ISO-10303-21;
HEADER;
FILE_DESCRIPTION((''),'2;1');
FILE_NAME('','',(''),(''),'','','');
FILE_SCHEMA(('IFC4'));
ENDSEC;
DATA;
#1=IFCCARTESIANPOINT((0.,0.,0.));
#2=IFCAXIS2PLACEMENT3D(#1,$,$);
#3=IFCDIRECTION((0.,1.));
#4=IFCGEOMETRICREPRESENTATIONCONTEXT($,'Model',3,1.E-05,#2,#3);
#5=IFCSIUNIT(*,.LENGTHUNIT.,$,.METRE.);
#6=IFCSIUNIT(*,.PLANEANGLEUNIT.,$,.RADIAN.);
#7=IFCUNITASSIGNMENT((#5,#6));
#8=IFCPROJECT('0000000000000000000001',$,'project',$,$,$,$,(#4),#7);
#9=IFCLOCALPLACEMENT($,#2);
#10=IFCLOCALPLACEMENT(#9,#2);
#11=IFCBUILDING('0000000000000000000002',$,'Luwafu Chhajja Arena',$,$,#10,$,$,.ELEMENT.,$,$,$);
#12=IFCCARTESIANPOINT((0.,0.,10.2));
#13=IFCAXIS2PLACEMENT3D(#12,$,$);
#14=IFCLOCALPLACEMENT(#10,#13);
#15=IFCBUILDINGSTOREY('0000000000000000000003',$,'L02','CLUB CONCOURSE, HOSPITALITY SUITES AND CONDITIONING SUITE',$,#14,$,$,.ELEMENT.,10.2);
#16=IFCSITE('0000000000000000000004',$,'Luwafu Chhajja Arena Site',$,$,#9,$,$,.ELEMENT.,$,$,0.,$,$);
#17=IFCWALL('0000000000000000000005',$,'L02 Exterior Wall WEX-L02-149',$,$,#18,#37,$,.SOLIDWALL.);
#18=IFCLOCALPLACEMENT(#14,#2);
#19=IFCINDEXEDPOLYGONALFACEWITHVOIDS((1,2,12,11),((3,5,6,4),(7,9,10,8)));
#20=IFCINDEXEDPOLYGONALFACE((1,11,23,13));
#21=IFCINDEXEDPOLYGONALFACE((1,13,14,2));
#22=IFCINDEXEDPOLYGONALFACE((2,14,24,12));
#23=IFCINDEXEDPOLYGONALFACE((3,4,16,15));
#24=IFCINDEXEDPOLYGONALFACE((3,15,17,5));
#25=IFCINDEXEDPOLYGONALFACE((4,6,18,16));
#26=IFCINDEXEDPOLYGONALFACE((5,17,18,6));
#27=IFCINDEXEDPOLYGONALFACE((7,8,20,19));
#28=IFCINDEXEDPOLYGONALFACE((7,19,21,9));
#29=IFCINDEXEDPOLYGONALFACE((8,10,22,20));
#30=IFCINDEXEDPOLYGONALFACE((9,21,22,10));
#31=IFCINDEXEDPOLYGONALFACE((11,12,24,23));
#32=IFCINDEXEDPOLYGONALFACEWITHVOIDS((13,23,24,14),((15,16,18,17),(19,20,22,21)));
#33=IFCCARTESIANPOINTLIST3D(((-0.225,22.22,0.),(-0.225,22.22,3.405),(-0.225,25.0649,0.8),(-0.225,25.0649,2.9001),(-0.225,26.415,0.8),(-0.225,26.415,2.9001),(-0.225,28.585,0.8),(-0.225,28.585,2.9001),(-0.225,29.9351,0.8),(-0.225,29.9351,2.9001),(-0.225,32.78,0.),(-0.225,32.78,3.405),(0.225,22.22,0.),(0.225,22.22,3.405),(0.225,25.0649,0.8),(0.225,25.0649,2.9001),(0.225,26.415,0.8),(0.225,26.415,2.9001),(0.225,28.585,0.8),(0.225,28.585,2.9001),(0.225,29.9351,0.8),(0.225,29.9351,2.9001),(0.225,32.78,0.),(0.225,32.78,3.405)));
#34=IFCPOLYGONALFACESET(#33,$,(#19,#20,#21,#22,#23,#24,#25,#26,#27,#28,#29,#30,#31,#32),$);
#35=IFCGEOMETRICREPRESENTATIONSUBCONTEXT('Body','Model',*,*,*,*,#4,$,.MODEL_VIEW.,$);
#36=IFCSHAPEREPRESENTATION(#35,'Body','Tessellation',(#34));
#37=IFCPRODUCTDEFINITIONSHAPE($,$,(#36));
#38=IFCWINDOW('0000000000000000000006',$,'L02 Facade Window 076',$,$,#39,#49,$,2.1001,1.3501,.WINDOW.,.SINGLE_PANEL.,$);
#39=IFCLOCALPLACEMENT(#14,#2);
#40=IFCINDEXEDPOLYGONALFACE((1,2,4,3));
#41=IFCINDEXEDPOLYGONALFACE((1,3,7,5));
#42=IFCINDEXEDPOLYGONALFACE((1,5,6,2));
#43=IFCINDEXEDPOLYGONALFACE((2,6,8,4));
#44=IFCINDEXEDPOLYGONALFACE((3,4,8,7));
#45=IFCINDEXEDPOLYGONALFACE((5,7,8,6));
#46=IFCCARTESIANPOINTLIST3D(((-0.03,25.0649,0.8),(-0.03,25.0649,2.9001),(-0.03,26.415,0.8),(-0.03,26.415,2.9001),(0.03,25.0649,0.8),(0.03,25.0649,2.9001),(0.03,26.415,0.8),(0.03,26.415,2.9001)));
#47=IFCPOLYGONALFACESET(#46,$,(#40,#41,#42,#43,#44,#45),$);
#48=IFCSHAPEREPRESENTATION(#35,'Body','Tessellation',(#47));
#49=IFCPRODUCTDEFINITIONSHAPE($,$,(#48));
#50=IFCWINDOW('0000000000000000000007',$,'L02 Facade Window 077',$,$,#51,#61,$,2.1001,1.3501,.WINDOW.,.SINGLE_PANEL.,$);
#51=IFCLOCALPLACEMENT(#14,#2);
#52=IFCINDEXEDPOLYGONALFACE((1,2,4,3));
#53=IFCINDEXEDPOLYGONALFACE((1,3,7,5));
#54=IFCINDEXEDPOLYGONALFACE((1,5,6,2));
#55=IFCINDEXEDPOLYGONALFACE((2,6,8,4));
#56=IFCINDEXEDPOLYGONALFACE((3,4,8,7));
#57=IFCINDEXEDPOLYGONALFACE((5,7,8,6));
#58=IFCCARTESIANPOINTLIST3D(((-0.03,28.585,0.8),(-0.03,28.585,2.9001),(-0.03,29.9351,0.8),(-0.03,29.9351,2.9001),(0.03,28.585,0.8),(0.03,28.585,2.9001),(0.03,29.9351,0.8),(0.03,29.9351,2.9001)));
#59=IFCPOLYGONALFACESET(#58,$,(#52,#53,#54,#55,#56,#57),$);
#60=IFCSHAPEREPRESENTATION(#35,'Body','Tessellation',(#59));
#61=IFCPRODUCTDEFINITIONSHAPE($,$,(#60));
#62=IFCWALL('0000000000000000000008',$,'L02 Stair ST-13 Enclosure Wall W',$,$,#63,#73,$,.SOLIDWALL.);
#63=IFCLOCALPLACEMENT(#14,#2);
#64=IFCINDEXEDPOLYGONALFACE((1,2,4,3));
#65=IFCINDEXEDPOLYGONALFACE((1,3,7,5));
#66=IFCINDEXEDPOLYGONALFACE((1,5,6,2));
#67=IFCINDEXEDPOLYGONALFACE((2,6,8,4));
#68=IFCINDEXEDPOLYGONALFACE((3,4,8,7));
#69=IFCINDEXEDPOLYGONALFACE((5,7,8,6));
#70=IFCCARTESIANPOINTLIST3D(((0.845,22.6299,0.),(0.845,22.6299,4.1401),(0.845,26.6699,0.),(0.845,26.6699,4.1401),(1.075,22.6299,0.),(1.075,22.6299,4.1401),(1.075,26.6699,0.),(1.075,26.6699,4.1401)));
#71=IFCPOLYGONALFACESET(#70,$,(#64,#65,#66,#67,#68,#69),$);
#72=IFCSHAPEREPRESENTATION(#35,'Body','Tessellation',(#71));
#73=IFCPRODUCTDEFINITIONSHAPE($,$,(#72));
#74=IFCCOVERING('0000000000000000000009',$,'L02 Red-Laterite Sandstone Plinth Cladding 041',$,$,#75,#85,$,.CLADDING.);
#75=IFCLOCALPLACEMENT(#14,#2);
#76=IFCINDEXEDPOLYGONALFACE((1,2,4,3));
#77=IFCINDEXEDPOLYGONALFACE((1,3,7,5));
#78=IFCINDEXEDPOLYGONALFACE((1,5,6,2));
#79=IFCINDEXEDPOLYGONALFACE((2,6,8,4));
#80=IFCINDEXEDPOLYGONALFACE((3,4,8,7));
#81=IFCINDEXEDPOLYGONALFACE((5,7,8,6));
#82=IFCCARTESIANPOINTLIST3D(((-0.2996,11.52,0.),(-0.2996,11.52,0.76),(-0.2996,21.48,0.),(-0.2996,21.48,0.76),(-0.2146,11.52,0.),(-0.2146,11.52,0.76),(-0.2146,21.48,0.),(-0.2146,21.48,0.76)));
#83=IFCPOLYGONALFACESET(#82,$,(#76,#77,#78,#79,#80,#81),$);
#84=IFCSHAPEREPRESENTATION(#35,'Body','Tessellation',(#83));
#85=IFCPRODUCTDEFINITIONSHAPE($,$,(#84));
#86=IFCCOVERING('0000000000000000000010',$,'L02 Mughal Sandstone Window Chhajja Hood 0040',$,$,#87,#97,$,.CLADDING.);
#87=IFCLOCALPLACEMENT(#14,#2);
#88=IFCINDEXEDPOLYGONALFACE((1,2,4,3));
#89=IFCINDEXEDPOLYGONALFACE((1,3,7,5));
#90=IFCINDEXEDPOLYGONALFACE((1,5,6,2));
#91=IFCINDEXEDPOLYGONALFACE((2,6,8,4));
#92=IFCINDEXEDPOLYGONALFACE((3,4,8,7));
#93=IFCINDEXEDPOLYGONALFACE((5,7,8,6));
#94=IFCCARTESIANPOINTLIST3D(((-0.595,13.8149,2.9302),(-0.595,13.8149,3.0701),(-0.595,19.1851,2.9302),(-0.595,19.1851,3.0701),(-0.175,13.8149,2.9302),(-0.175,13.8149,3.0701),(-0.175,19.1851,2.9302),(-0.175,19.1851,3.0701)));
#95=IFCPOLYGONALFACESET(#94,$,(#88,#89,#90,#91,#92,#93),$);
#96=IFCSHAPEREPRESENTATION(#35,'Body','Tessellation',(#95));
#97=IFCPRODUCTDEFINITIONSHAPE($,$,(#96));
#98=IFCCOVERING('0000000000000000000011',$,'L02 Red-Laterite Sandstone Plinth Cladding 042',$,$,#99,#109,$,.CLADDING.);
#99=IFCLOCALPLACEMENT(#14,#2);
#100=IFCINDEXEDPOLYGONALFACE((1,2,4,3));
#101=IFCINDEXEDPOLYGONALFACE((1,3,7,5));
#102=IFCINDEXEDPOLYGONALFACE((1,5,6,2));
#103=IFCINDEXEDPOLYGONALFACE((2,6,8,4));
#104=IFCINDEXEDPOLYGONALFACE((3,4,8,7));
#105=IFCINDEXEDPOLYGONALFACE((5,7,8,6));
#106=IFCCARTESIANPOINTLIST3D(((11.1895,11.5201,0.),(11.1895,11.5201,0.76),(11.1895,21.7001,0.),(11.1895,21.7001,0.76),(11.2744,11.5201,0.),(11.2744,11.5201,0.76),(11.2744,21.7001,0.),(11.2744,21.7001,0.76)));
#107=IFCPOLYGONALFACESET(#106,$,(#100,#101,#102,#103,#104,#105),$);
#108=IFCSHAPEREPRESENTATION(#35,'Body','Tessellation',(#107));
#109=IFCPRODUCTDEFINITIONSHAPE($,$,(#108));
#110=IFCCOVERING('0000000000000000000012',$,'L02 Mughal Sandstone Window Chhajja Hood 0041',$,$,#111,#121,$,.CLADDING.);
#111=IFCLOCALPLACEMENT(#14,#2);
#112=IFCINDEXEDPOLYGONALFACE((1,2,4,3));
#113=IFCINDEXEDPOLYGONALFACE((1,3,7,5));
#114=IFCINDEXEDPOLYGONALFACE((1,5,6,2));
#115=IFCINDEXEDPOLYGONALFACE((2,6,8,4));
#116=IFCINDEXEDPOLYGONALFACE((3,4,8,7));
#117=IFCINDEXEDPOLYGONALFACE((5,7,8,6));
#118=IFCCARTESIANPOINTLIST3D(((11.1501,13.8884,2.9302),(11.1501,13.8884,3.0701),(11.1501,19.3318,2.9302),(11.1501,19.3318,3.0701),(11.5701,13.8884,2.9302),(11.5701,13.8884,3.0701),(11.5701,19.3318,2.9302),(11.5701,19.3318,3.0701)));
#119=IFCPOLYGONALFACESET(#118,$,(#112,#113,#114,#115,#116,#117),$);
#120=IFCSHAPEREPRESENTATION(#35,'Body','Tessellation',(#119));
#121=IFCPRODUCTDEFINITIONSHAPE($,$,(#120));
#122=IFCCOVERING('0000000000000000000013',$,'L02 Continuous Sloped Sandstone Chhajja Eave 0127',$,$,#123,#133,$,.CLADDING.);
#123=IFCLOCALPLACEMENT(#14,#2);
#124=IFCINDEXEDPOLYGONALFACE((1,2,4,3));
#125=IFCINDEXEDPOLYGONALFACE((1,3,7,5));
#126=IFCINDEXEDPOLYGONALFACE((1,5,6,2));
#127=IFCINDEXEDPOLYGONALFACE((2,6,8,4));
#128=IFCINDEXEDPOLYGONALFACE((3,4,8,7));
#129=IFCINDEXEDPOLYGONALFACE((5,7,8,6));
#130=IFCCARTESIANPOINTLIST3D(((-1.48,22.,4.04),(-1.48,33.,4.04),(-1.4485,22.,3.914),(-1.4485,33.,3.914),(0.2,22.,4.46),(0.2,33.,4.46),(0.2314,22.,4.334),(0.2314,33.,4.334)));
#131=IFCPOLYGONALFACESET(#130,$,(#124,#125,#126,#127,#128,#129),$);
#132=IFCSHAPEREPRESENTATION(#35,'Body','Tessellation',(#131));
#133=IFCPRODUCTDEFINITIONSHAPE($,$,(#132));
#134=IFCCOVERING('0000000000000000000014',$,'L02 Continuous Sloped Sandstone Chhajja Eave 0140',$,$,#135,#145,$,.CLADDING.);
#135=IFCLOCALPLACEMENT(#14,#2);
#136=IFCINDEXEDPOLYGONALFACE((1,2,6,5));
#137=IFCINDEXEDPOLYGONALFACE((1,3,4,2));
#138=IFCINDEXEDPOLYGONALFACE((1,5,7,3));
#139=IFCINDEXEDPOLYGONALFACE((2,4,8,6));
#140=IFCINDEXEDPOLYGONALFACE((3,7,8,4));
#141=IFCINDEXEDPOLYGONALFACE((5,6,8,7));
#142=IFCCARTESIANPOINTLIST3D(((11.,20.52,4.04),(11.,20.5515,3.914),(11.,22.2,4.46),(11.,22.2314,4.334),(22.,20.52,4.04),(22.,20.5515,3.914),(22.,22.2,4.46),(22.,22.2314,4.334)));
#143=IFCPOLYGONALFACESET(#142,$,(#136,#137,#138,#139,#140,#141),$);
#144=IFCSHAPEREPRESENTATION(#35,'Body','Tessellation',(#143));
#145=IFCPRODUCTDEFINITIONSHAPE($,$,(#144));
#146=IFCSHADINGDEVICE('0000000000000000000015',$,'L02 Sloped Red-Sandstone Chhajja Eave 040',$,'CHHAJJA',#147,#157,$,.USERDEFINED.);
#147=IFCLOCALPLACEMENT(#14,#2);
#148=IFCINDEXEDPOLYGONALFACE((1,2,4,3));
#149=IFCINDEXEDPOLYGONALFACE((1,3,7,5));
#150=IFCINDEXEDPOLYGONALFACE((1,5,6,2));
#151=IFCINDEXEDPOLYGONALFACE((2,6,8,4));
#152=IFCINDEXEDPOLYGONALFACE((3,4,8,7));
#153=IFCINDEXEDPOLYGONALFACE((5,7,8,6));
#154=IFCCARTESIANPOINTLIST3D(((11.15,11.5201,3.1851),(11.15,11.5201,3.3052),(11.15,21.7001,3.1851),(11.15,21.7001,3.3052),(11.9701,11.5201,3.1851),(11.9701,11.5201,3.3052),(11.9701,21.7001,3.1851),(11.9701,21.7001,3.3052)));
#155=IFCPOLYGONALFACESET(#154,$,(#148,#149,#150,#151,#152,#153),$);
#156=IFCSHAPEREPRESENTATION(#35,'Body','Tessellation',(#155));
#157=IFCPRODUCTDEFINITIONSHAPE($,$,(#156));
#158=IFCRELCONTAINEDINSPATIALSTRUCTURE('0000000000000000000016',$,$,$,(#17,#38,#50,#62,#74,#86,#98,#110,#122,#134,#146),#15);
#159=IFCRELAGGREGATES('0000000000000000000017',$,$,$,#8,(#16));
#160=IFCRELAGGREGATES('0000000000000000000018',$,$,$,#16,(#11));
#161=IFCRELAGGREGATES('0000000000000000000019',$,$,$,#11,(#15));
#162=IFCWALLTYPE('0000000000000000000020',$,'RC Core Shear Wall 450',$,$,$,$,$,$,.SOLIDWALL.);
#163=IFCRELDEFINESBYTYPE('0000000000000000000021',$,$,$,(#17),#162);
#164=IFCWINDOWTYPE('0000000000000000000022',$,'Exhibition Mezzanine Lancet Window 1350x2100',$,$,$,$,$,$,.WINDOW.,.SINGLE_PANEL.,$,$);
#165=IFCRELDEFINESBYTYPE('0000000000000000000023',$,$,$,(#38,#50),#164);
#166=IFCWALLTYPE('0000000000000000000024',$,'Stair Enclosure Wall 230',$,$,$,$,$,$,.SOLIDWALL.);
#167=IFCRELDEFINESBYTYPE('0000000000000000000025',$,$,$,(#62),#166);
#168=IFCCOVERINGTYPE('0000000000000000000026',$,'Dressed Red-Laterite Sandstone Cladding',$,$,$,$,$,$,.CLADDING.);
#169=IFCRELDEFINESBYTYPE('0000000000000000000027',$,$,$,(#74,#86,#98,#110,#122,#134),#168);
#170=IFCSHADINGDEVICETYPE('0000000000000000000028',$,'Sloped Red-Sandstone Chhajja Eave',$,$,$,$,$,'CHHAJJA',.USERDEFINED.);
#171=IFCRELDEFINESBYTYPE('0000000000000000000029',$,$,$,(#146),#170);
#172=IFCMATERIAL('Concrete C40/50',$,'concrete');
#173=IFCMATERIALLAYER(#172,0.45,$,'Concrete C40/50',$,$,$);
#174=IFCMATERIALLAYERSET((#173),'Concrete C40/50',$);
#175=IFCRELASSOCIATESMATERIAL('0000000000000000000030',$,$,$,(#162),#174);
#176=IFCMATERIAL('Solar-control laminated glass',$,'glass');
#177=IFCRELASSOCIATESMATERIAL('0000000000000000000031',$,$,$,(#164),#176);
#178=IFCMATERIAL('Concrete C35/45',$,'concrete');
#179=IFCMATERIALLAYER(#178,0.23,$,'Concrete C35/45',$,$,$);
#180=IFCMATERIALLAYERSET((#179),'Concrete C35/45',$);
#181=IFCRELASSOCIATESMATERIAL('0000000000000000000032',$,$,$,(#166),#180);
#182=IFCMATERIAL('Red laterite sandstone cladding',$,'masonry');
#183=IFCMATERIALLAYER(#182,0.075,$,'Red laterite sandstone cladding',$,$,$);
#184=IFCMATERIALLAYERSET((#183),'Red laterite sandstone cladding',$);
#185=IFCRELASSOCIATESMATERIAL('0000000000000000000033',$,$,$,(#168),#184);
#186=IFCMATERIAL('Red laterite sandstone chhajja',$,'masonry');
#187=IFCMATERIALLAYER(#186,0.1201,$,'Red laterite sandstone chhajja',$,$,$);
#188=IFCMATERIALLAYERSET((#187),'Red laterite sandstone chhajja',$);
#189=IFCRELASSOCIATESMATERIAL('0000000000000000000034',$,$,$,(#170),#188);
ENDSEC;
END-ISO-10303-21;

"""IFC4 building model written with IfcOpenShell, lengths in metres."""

from ifc_helpers import new_model, si_unit, direction, frame, frame_2d, origin, origin_2d, place, context, subcontext, project, spatial, polyline, rectangle, outline, extrude, material, layer, layer_set, type_object, element, fill, save


model = new_model("IFC4")

# Units and contexts
model_context = context("Model", 3, precision=1e-05, world=origin(), true_north=direction((0.0, 1.0)))
body_context = subcontext(model_context, "Body", "Model", "MODEL_VIEW")
ifc_project = project(units=[si_unit("LENGTHUNIT", "METRE"), si_unit("PLANEANGLEUNIT", "RADIAN")], contexts=[model_context])

# Site, building, storey
site_placement = place(None, origin())
site = spatial("IfcSite", under=ifc_project, at=site_placement, Name="Luwafu Chhajja Arena Site", CompositionType="ELEMENT", RefElevation=0.0)
building_placement = place(site_placement, origin())
building = spatial("IfcBuilding", under=site, at=building_placement, Name="Luwafu Chhajja Arena", CompositionType="ELEMENT")
storey_placement = place(building_placement, frame((0.0, 0.0, 10.2)))
storey = spatial("IfcBuildingStorey", under=building, at=storey_placement, Name="L02", Description="CLUB CONCOURSE, HOSPITALITY SUITES AND CONDITIONING SUITE", CompositionType="ELEMENT", Elevation=10.2)

# Shared definitions
ifc_material_1 = material(Name="Concrete C40/50", Category="concrete")

# Shared definitions
ifc_material_2 = material(Name="Solar-control laminated glass", Category="glass")

# Wall, openings, windows
ifc_layer_1 = layer(ifc_material_1, 0.45, Name="Concrete C40/50")
ifc_layer_set_1 = layer_set([ifc_layer_1], Name="Concrete C40/50")
wall_type_1 = type_object("IfcWallType", Name="RC Core Shear Wall 450", PredefinedType="SOLIDWALL", material=ifc_layer_set_1)
wall_1_placement = place(storey_placement, frame((0.0, 22.22, 0.0), z_axis=(0.0, 0.0, 1.0), x_axis=(0.0, 1.0, 0.0)))
wall_1 = element("IfcWall", 1, at=wall_1_placement, inside=storey, type_object=wall_type_1, Name="L02 Exterior Wall WEX-L02-149", PredefinedType="SOLIDWALL", context=body_context, shape_type="SweptSolid", body=[
    extrude(rectangle(XDim=10.5601, YDim=0.45, at=frame_2d((5.28, 0.0))), origin(), (0.0, 0.0, 1.0), 3.405),
])
opening_1_placement = place(wall_1_placement, frame((2.845, 0.0, 0.8)))
opening_1 = element("IfcOpeningElement", 2, at=opening_1_placement, cuts=wall_1, PredefinedType="OPENING", context=body_context, shape_type="SweptSolid", body=[
    extrude(rectangle(XDim=1.3501, YDim=2.1001, at=frame_2d((0.675, 1.05))), frame((0.0, 0.2349, 0.0), z_axis=(0.0, -1.0, 0.0), x_axis=(1.0, 0.0, 0.0)), (0.0, 0.0, 1.0), 0.47),
])
opening_2_placement = place(wall_1_placement, frame((6.365, 0.0, 0.8)))
opening_2 = element("IfcOpeningElement", 3, at=opening_2_placement, cuts=wall_1, PredefinedType="OPENING", context=body_context, shape_type="SweptSolid", body=[
    extrude(rectangle(XDim=1.3501, YDim=2.1001, at=frame_2d((0.675, 1.05))), frame((0.0, 0.2349, 0.0), z_axis=(0.0, -1.0, 0.0), x_axis=(1.0, 0.0, 0.0)), (0.0, 0.0, 1.0), 0.47),
])
window_type = type_object("IfcWindowType", Name="Exhibition Mezzanine Lancet Window 1350x2100", PartitioningType="SINGLE_PANEL", PredefinedType="WINDOW", material=ifc_material_2)
window_1_placement = place(opening_1_placement, origin())
window_1 = element("IfcWindow", 4, at=window_1_placement, inside=storey, type_object=window_type, Name="L02 Facade Window 076", OverallHeight=2.1001, OverallWidth=1.3501, PartitioningType="SINGLE_PANEL", PredefinedType="WINDOW", context=body_context, shape_type="SweptSolid", body=[
    extrude(rectangle(XDim=1.3501, YDim=2.1001, at=frame_2d((0.675, 1.05))), frame((0.0, 0.03, 0.0), z_axis=(0.0, -1.0, 0.0), x_axis=(1.0, 0.0, 0.0)), (0.0, 0.0, 1.0), 0.0601),
])
fill(opening_1, window_1)
window_2_placement = place(opening_2_placement, origin())
window_2 = element("IfcWindow", 5, at=window_2_placement, inside=storey, type_object=window_type, Name="L02 Facade Window 077", OverallHeight=2.1001, OverallWidth=1.3501, PartitioningType="SINGLE_PANEL", PredefinedType="WINDOW", context=body_context, shape_type="SweptSolid", body=[
    extrude(rectangle(XDim=1.3501, YDim=2.1001, at=frame_2d((0.675, 1.05))), frame((0.0, 0.03, 0.0), z_axis=(0.0, -1.0, 0.0), x_axis=(1.0, 0.0, 0.0)), (0.0, 0.0, 1.0), 0.0601),
])
fill(opening_2, window_2)

# Wall
ifc_material_3 = material(Name="Concrete C35/45", Category="concrete")
ifc_layer_2 = layer(ifc_material_3, 0.23, Name="Concrete C35/45")
ifc_layer_set_2 = layer_set([ifc_layer_2], Name="Concrete C35/45")
wall_type_2 = type_object("IfcWallType", Name="Stair Enclosure Wall 230", PredefinedType="SOLIDWALL", material=ifc_layer_set_2)
wall_2_placement = place(storey_placement, frame((0.96, 22.6299, 0.0), z_axis=(0.0, 0.0, 1.0), x_axis=(0.0, 1.0, 0.0)))
element("IfcWall", 6, at=wall_2_placement, inside=storey, type_object=wall_type_2, Name="L02 Stair ST-13 Enclosure Wall W", PredefinedType="SOLIDWALL", context=body_context, shape_type="SweptSolid", body=[
    extrude(rectangle(XDim=4.04, YDim=0.23, at=frame_2d((2.02, 0.0))), origin(), (0.0, 0.0, 1.0), 4.1401),
])

# Coverings
ifc_material_4 = material(Name="Red laterite sandstone cladding", Category="masonry")
ifc_layer_3 = layer(ifc_material_4, 0.075, Name="Red laterite sandstone cladding")
ifc_layer_set_3 = layer_set([ifc_layer_3], Name="Red laterite sandstone cladding")
covering_type = type_object("IfcCoveringType", Name="Dressed Red-Laterite Sandstone Cladding", PredefinedType="CLADDING", material=ifc_layer_set_3)
covering_1_placement = place(storey_placement, frame((-0.2571, 16.5, 0.0), z_axis=(0.0, 0.0, 1.0), x_axis=(0.0, 1.0, 0.0)))
element("IfcCovering", 7, at=covering_1_placement, inside=storey, type_object=covering_type, Name="L02 Red-Laterite Sandstone Plinth Cladding 041", PredefinedType="CLADDING", context=body_context, shape_type="SweptSolid", body=[
    extrude(rectangle(XDim=9.96, YDim=0.085, at=origin_2d()), origin(), (0.0, 0.0, 1.0), 0.76),
])
covering_2_placement = place(storey_placement, frame((-0.385, 16.5, 2.9302), z_axis=(0.0, 0.0, 1.0), x_axis=(0.0, 1.0, 0.0)))
element("IfcCovering", 8, at=covering_2_placement, inside=storey, type_object=covering_type, Name="L02 Mughal Sandstone Window Chhajja Hood 0040", PredefinedType="CLADDING", context=body_context, shape_type="SweptSolid", body=[
    extrude(rectangle(XDim=5.3701, YDim=0.4199, at=origin_2d()), origin(), (0.0, 0.0, 1.0), 0.1399),
])
covering_3_placement = place(storey_placement, frame((11.2319, 16.6101, 0.0), z_axis=(0.0, 0.0, 1.0), x_axis=(0.0, 1.0, 0.0)))
element("IfcCovering", 9, at=covering_3_placement, inside=storey, type_object=covering_type, Name="L02 Red-Laterite Sandstone Plinth Cladding 042", PredefinedType="CLADDING", context=body_context, shape_type="SweptSolid", body=[
    extrude(rectangle(XDim=10.1799, YDim=0.085, at=origin_2d()), origin(), (0.0, 0.0, 1.0), 0.76),
])
covering_4_placement = place(storey_placement, frame((11.3601, 16.6101, 2.9302), z_axis=(0.0, 0.0, 1.0), x_axis=(0.0, 1.0, 0.0)))
element("IfcCovering", 10, at=covering_4_placement, inside=storey, type_object=covering_type, Name="L02 Mughal Sandstone Window Chhajja Hood 0041", PredefinedType="CLADDING", context=body_context, shape_type="SweptSolid", body=[
    extrude(rectangle(XDim=5.4434, YDim=0.4199, at=origin_2d()), origin(), (0.0, 0.0, 1.0), 0.1399),
])
covering_5_placement = place(storey_placement, frame((0.2, 22.0, 4.46), z_axis=(-0.242502, 0.0, 0.970151), x_axis=(0.0, 1.0, 0.0)))
element("IfcCovering", 11, at=covering_5_placement, inside=storey, type_object=covering_type, Name="L02 Continuous Sloped Sandstone Chhajja Eave 0127", PredefinedType="CLADDING", context=body_context, shape_type="SweptSolid", body=[
    extrude(outline(polyline([(0.0, 0.0), (11.0, 0.0), (11.0, 1.7316), (0.0, 1.7316), (0.0, 0.0)])), origin(), (0.0, 0.0, -1.0), 0.1299),
])
covering_6_placement = place(storey_placement, frame((11.0, 22.2, 4.46), z_axis=(0.0, -0.242502, 0.970151), x_axis=(1.0, 0.0, 0.0)))
element("IfcCovering", 12, at=covering_6_placement, inside=storey, type_object=covering_type, Name="L02 Continuous Sloped Sandstone Chhajja Eave 0140", PredefinedType="CLADDING", context=body_context, shape_type="SweptSolid", body=[
    extrude(outline(polyline([(0.0, 0.0), (11.0, 0.0), (11.0, -1.7316), (0.0, -1.7316), (0.0, 0.0)])), origin(), (0.0, 0.0, -1.0), 0.1299),
])

# Shading device
ifc_material_5 = material(Name="Red laterite sandstone chhajja", Category="masonry")
ifc_layer_4 = layer(ifc_material_5, 0.1201, Name="Red laterite sandstone chhajja")
ifc_layer_set_4 = layer_set([ifc_layer_4], Name="Red laterite sandstone chhajja")
shading_device_type = type_object("IfcShadingDeviceType", Name="Sloped Red-Sandstone Chhajja Eave", ElementType="CHHAJJA", PredefinedType="USERDEFINED", material=ifc_layer_set_4)
shading_device_placement = place(storey_placement, frame((11.5601, 16.6101, 3.1851), z_axis=(0.0, 0.0, 1.0), x_axis=(0.0, 1.0, 0.0)))
element("IfcShadingDevice", 13, at=shading_device_placement, inside=storey, type_object=shading_device_type, Name="L02 Sloped Red-Sandstone Chhajja Eave 040", ObjectType="CHHAJJA", PredefinedType="USERDEFINED", context=body_context, shape_type="SweptSolid", body=[
    extrude(rectangle(XDim=10.1799, YDim=0.8201, at=origin_2d()), origin(), (0.0, 0.0, 1.0), 0.1201),
])

save(model, "model.ifc")
